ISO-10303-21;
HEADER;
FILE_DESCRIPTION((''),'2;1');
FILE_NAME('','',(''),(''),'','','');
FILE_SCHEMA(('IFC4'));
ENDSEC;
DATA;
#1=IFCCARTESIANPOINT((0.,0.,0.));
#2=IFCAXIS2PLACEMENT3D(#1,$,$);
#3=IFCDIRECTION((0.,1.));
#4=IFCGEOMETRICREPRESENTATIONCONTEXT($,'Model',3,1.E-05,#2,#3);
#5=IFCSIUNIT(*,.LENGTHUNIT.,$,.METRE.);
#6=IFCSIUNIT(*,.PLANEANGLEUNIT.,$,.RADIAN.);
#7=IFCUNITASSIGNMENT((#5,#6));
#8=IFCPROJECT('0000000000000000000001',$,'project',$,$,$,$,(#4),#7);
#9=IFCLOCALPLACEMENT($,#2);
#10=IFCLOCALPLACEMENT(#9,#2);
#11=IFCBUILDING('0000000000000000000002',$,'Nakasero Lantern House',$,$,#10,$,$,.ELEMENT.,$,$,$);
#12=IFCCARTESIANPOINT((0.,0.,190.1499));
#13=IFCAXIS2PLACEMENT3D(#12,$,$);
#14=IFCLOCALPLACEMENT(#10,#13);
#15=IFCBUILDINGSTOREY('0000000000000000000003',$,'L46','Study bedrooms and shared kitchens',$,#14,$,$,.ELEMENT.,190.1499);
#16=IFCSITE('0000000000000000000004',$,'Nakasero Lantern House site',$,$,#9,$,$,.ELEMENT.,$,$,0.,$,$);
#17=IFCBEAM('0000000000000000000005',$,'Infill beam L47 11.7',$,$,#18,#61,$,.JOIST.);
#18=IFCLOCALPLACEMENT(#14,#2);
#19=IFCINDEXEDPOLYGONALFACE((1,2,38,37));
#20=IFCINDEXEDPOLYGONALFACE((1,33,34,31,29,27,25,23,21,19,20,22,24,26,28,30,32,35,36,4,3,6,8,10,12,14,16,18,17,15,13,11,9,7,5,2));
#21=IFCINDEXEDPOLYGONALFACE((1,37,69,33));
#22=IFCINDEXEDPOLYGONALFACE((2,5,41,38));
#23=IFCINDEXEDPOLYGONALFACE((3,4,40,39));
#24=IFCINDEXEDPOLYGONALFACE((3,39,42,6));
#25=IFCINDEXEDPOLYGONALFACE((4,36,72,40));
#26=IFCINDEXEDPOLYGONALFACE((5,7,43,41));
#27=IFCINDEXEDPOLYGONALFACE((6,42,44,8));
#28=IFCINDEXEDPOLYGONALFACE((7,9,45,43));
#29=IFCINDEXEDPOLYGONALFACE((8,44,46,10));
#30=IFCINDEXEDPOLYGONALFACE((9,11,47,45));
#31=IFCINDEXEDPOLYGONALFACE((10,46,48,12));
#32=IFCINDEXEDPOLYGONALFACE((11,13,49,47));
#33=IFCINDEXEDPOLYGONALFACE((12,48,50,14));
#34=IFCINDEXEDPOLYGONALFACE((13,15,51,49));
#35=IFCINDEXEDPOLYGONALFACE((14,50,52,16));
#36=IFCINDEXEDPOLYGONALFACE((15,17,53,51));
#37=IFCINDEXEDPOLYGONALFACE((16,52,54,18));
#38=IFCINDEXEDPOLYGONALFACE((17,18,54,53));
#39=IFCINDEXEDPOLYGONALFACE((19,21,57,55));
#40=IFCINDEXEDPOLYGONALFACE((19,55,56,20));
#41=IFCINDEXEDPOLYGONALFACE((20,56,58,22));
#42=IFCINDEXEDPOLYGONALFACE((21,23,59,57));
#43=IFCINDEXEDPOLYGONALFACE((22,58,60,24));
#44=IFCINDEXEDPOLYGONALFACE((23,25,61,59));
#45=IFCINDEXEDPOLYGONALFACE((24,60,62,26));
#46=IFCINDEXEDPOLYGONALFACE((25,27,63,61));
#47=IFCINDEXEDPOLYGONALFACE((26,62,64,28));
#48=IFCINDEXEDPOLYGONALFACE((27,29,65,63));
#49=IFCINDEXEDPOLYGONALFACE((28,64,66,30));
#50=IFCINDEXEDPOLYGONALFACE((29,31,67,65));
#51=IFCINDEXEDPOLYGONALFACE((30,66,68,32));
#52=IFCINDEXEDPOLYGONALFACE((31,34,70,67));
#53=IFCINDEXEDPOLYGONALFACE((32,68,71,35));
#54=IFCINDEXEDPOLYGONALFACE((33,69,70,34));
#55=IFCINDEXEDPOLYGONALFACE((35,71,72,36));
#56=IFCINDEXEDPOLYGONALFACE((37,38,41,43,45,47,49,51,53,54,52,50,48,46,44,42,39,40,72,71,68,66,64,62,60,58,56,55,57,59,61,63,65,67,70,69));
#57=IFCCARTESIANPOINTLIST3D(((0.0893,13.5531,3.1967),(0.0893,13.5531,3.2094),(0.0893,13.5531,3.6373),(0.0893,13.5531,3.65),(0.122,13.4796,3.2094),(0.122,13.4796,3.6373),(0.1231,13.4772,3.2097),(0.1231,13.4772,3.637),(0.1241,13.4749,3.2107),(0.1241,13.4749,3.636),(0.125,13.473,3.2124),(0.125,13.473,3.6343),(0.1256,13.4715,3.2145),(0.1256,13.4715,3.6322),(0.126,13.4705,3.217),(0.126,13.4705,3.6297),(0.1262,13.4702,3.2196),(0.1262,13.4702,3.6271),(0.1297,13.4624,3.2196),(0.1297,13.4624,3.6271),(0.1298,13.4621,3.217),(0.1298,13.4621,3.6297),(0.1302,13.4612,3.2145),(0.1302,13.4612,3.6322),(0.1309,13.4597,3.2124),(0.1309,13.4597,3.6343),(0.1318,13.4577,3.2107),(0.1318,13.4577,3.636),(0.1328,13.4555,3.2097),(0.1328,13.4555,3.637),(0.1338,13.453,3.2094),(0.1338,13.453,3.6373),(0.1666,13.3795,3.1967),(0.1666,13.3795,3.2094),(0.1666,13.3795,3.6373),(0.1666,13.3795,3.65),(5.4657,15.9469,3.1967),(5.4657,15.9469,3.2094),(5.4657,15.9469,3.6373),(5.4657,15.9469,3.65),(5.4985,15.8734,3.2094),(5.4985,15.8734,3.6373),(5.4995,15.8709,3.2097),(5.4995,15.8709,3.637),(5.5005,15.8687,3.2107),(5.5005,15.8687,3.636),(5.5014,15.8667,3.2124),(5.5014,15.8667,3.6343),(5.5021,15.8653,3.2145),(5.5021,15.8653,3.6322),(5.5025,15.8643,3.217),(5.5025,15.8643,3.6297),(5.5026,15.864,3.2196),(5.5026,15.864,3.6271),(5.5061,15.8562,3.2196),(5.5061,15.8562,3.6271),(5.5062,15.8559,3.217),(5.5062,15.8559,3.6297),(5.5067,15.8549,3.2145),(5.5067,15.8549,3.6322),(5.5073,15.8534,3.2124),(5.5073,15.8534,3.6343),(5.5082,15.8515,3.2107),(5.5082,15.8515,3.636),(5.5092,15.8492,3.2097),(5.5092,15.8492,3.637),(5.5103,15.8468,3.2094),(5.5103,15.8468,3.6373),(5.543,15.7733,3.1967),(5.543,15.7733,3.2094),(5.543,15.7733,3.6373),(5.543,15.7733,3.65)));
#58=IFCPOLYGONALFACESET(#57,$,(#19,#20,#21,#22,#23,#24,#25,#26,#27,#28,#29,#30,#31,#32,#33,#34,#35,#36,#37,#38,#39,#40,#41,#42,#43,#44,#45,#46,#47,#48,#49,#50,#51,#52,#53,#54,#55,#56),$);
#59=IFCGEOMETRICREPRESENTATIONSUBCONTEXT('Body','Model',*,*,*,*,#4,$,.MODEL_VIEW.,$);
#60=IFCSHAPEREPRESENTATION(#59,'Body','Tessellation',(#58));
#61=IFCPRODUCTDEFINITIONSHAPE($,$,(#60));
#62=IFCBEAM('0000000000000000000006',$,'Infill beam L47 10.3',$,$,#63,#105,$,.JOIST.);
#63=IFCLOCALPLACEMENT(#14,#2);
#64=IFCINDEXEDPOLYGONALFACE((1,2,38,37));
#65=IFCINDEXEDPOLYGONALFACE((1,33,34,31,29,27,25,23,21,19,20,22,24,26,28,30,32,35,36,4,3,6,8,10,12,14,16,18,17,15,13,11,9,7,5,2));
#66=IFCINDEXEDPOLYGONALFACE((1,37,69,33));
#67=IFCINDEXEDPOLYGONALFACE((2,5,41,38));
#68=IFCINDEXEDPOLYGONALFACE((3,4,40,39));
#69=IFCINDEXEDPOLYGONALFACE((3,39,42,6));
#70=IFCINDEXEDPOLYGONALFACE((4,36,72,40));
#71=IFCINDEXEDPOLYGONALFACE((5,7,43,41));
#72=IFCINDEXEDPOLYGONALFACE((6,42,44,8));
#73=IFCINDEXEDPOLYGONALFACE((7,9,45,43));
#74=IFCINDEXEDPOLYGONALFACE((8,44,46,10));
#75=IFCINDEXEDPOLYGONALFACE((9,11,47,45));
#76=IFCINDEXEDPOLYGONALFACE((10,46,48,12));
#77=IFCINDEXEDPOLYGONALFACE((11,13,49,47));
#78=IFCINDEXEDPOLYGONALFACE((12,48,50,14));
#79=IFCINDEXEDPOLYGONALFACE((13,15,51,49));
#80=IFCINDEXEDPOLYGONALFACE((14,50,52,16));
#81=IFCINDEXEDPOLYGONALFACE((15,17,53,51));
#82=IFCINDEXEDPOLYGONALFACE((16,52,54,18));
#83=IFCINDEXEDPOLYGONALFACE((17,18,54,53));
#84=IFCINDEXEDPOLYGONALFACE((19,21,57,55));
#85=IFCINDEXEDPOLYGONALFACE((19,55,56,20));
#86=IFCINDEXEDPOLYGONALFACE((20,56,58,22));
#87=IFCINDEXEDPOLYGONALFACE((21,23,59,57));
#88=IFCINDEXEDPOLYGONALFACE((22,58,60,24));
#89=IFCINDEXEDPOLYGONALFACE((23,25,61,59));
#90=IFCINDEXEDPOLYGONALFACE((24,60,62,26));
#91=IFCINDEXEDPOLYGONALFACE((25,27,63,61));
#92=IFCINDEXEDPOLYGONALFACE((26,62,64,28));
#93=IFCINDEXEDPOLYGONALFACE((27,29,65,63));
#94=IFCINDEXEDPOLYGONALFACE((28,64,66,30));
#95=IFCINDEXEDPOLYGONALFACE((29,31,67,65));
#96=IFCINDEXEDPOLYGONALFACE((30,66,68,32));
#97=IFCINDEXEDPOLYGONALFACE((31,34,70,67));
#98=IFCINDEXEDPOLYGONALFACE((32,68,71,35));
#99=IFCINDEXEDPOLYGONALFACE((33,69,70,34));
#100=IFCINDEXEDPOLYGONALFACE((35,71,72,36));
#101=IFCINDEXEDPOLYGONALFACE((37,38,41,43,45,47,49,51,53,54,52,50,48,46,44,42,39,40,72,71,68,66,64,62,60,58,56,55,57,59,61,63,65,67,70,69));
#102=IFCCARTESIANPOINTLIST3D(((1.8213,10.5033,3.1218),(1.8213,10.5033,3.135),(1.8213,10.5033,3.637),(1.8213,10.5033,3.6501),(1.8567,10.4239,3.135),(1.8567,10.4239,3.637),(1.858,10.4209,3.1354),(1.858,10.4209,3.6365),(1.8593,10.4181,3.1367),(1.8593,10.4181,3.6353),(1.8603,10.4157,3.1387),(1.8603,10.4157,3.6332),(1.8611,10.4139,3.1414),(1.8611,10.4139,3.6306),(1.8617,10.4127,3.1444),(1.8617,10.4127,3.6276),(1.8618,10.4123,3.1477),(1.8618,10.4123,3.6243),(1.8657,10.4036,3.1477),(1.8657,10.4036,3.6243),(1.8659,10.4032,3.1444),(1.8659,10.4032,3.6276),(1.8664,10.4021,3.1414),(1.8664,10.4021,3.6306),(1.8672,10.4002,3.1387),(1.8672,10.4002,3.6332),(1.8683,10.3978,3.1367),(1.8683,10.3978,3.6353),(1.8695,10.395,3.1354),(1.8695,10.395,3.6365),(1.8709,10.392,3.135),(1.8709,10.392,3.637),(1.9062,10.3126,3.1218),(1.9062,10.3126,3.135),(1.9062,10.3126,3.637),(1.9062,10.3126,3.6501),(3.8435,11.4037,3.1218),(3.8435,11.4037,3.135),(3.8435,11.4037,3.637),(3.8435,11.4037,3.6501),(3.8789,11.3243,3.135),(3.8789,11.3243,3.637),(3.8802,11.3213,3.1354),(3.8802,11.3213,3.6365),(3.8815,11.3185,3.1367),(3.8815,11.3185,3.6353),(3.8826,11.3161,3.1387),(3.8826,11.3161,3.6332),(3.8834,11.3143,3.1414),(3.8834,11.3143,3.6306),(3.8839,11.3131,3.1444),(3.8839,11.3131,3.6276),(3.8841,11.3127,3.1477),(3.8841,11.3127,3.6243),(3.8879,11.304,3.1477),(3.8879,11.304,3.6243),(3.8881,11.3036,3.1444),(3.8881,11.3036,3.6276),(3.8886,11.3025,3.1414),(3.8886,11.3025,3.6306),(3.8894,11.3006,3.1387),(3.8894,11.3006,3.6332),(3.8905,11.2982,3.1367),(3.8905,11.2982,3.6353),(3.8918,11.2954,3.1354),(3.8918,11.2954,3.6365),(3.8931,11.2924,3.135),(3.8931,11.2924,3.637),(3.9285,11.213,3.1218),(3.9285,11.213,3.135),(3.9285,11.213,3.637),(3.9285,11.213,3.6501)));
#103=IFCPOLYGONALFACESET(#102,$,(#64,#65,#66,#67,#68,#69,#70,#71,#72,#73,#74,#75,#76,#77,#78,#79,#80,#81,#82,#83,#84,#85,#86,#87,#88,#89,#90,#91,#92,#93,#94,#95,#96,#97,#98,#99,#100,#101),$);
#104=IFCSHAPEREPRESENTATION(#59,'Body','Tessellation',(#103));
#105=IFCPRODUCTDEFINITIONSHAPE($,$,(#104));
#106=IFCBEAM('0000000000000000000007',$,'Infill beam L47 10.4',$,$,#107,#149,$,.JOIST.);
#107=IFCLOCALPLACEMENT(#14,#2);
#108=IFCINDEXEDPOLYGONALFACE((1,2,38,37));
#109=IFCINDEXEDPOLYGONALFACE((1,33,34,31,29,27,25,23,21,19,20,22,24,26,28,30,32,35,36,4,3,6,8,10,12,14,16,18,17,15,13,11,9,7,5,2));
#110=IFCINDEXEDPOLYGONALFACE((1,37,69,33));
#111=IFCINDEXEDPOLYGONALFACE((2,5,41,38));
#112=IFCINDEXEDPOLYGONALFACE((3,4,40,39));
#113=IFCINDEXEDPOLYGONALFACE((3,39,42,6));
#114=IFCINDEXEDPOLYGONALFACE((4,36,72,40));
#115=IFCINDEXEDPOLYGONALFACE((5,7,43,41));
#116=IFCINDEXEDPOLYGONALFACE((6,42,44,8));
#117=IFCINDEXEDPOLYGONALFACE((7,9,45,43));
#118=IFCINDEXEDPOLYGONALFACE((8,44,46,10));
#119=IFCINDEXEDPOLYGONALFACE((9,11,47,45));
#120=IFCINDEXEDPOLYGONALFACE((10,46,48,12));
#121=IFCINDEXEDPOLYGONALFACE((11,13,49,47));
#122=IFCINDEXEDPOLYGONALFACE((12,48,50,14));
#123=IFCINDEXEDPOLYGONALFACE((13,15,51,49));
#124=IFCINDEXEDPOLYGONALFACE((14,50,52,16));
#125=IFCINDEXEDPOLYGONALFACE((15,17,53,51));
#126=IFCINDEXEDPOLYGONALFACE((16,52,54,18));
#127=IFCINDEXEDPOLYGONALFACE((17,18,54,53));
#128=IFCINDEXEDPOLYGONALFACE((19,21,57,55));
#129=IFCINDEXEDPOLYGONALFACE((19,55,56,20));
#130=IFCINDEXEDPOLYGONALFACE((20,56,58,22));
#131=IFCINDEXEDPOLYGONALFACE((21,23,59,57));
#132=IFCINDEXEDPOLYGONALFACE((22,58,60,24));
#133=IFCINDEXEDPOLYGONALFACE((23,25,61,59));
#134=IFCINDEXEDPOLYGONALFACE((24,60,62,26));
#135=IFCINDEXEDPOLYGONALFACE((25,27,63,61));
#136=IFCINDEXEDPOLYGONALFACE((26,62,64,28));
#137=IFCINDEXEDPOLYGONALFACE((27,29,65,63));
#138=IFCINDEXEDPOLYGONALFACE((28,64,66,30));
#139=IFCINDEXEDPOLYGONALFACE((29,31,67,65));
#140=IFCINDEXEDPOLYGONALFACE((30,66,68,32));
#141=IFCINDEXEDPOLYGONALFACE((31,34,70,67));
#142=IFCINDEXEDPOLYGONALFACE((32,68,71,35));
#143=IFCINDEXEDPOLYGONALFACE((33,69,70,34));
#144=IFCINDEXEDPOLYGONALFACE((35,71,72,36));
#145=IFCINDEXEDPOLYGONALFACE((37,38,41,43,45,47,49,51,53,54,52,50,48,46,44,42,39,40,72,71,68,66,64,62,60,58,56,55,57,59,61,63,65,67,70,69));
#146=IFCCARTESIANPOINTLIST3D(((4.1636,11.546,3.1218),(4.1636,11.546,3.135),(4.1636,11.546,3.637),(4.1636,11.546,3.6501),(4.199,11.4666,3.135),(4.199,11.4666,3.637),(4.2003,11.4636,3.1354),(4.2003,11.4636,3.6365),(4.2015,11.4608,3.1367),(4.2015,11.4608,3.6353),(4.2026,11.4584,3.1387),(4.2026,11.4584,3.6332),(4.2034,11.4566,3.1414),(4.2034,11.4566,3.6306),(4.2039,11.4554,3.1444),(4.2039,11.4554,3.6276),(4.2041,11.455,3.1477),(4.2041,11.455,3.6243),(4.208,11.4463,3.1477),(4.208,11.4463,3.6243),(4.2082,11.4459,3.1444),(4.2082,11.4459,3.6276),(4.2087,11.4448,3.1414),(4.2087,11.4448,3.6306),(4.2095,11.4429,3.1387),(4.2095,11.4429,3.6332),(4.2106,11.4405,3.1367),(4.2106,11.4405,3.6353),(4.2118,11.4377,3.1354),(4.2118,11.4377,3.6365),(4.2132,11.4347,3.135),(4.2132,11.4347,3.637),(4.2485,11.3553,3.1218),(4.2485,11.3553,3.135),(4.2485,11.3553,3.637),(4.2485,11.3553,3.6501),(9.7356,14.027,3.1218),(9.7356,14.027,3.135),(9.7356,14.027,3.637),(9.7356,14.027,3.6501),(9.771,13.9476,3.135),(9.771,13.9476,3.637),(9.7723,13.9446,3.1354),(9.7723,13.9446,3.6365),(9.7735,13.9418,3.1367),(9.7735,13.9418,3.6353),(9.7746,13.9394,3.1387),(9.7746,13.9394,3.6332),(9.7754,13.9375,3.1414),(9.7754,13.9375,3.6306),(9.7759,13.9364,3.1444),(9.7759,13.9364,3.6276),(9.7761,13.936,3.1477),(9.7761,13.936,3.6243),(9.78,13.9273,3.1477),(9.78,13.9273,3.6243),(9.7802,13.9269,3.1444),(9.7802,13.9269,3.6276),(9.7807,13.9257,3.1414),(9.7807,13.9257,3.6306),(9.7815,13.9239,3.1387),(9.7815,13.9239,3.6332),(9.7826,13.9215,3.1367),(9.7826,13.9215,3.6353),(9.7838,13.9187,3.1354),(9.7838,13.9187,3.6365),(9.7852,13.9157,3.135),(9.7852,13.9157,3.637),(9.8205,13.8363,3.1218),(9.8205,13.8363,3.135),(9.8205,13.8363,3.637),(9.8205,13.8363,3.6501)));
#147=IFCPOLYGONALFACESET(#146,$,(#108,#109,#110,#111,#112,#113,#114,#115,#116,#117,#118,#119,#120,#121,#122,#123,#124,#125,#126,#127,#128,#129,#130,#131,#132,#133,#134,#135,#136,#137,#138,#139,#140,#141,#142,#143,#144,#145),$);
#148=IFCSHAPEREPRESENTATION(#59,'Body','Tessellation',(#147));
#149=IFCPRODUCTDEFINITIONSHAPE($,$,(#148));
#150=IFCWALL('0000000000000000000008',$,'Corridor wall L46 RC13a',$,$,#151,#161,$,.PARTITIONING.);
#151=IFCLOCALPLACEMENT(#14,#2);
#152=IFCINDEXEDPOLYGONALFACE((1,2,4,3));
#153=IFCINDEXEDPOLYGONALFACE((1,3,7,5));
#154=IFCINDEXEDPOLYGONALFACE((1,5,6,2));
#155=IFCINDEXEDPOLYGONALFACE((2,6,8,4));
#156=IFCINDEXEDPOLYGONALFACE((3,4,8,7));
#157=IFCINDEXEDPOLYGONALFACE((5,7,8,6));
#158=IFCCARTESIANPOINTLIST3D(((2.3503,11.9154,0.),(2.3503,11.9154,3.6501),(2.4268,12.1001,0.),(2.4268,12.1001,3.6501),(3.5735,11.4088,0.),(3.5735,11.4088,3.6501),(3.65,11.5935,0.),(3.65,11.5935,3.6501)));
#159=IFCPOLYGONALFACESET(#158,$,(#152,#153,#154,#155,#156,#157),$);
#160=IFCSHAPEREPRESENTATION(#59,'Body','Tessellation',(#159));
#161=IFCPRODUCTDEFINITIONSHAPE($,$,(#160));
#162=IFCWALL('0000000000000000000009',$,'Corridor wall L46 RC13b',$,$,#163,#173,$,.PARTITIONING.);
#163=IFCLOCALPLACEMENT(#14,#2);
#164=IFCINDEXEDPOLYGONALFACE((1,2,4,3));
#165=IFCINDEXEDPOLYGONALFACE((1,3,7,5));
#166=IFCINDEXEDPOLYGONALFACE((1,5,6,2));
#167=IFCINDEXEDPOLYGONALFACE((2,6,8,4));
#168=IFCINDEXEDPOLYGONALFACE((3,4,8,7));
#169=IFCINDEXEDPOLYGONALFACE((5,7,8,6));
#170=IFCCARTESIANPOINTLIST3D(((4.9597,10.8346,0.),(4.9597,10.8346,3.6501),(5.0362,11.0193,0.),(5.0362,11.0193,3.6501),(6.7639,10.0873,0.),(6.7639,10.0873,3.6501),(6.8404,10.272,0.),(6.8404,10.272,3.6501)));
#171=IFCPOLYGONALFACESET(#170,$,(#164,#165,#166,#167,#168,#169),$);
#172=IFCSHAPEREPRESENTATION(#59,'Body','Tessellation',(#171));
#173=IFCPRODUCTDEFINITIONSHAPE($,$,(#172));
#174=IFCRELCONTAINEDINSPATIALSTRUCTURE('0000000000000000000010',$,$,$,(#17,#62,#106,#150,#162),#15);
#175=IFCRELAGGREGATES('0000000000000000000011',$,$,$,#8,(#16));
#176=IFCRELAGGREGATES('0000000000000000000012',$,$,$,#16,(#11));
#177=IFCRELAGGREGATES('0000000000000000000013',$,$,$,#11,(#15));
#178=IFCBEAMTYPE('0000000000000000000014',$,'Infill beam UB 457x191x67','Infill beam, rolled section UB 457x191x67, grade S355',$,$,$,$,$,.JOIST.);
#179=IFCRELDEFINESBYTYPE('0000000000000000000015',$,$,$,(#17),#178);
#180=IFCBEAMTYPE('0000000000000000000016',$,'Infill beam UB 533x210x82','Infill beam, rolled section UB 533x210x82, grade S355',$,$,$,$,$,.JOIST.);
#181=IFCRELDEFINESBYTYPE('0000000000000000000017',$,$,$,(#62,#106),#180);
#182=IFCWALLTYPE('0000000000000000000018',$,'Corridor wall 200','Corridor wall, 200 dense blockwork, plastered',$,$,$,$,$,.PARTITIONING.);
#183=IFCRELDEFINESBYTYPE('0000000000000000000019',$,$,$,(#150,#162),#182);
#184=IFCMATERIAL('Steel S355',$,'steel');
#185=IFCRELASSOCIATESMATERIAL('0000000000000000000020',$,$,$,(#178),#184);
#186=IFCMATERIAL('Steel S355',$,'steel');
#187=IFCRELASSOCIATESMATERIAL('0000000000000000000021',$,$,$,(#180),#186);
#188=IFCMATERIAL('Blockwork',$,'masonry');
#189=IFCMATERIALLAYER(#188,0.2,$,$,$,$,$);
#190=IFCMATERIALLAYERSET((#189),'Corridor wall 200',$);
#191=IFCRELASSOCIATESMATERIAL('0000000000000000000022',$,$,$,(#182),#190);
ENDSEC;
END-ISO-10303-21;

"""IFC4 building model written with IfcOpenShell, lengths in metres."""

from ifc_helpers import new_model, si_unit, direction, frame, frame_2d, origin, origin_2d, place, context, subcontext, project, spatial, rectangle, i_section, extrude, material, layer, layer_set, material_profile, profile_set, type_object, element, save


model = new_model("IFC4")

# Units and contexts
model_context = context("Model", 3, precision=1e-05, world=origin(), true_north=direction((0.0, 1.0)))
body_context = subcontext(model_context, "Body", "Model", "MODEL_VIEW")
ifc_project = project(units=[si_unit("LENGTHUNIT", "METRE"), si_unit("PLANEANGLEUNIT", "RADIAN")], contexts=[model_context])

# Site, building, storey
site_placement = place(None, origin())
site = spatial("IfcSite", under=ifc_project, at=site_placement, Name="Nakasero Lantern House site", CompositionType="ELEMENT", RefElevation=0.0)
building_placement = place(site_placement, origin())
building = spatial("IfcBuilding", under=site, at=building_placement, Name="Nakasero Lantern House", CompositionType="ELEMENT")
storey_placement = place(building_placement, frame((0.0, 0.0, 190.1499)))
storey = spatial("IfcBuildingStorey", under=building, at=storey_placement, Name="L46", Description="Study bedrooms and shared kitchens", CompositionType="ELEMENT", Elevation=190.1499)

# Beams
ifc_material_1 = material(Name="Steel S355", Category="steel")
ifc_material_profile_1 = material_profile(ifc_material_1, i_section(OverallWidth=0.1899, OverallDepth=0.4534, WebThickness=0.0085, FlangeThickness=0.0127, FilletRadius=0.0103, at=origin_2d()), Name="UB 457x191x67")
ifc_profile_set_1 = profile_set([ifc_material_profile_1], Name="Steel S355")
beam_type_1 = type_object("IfcBeamType", Name="Infill beam UB 457x191x67", Description="Infill beam, rolled section UB 457x191x67, grade S355", PredefinedType="JOIST", material=ifc_profile_set_1)
beam_1_placement = place(storey_placement, frame((0.1279, 13.4663, 3.4233), z_axis=(0.913543, 0.406743, 0.0), x_axis=(-0.406743, 0.913543, 0.0)))
element("IfcBeam", 1, at=beam_1_placement, inside=storey, type_object=beam_type_1, Name="Infill beam L47 11.7", PredefinedType="JOIST", context=body_context, shape_type="SweptSolid", body=[
    extrude(i_section(OverallWidth=0.1899, OverallDepth=0.4534, WebThickness=0.0085, FlangeThickness=0.0127, FilletRadius=0.0103, at=origin_2d()), origin(), (0.0, 0.0, 1.0), 5.8853),
])
ifc_material_2 = material(Name="Steel S355", Category="steel")
ifc_material_profile_2 = material_profile(ifc_material_2, i_section(OverallWidth=0.2087, OverallDepth=0.5283, WebThickness=0.0095, FlangeThickness=0.0132, FilletRadius=0.0127, at=origin_2d()), Name="UB 533x210x82")
ifc_profile_set_2 = profile_set([ifc_material_profile_2], Name="Steel S355")
beam_type_2 = type_object("IfcBeamType", Name="Infill beam UB 533x210x82", Description="Infill beam, rolled section UB 533x210x82, grade S355", PredefinedType="JOIST", material=ifc_profile_set_2)
beam_2_placement = place(storey_placement, frame((1.8638, 10.408, 3.386), z_axis=(0.913538, 0.406752, 0.0), x_axis=(-0.406752, 0.913538, 0.0)))
element("IfcBeam", 2, at=beam_2_placement, inside=storey, type_object=beam_type_2, Name="Infill beam L47 10.3", PredefinedType="JOIST", context=body_context, shape_type="SweptSolid", body=[
    extrude(i_section(OverallWidth=0.2087, OverallDepth=0.5283, WebThickness=0.0095, FlangeThickness=0.0132, FilletRadius=0.0127, at=origin_2d()), origin(), (0.0, 0.0, 1.0), 2.2136),
])
beam_3_placement = place(storey_placement, frame((4.2061, 11.4507, 3.386), z_axis=(0.913537, 0.406755, 0.0), x_axis=(-0.406755, 0.913537, 0.0)))
element("IfcBeam", 3, at=beam_3_placement, inside=storey, type_object=beam_type_2, Name="Infill beam L47 10.4", PredefinedType="JOIST", context=body_context, shape_type="SweptSolid", body=[
    extrude(i_section(OverallWidth=0.2087, OverallDepth=0.5283, WebThickness=0.0095, FlangeThickness=0.0132, FilletRadius=0.0127, at=origin_2d()), origin(), (0.0, 0.0, 1.0), 6.0994),
])

# Walls
ifc_material_3 = material(Name="Blockwork", Category="masonry")
ifc_layer_1 = layer(ifc_material_3, 0.2)
ifc_layer_set_1 = layer_set([ifc_layer_1], Name="Corridor wall 200")
wall_type_1 = type_object("IfcWallType", Name="Corridor wall 200", Description="Corridor wall, 200 dense blockwork, plastered", PredefinedType="PARTITIONING", material=ifc_layer_set_1)
wall_1_placement = place(storey_placement, frame((2.3884, 12.0078, 0.0), z_axis=(0.0, 0.0, 1.0), x_axis=(0.923893, -0.38265, 0.0)))
element("IfcWall", 4, at=wall_1_placement, inside=storey, type_object=wall_type_1, Name="Corridor wall L46 RC13a", PredefinedType="PARTITIONING", context=body_context, shape_type="SweptSolid", body=[
    extrude(rectangle(XDim=1.324, YDim=0.2, at=frame_2d((0.6621, 0.0))), origin(), (0.0, 0.0, 1.0), 3.6501),
])
wall_2_placement = place(storey_placement, frame((4.9978, 10.927, 0.0), z_axis=(0.0, 0.0, 1.0), x_axis=(0.923881, -0.382679, 0.0)))
element("IfcWall", 5, at=wall_2_placement, inside=storey, type_object=wall_type_1, Name="Corridor wall L46 RC13b", PredefinedType="PARTITIONING", context=body_context, shape_type="SweptSolid", body=[
    extrude(rectangle(XDim=1.9529, YDim=0.2, at=frame_2d((0.9766, 0.0))), origin(), (0.0, 0.0, 1.0), 3.6501),
])

save(model, "model.ifc")
